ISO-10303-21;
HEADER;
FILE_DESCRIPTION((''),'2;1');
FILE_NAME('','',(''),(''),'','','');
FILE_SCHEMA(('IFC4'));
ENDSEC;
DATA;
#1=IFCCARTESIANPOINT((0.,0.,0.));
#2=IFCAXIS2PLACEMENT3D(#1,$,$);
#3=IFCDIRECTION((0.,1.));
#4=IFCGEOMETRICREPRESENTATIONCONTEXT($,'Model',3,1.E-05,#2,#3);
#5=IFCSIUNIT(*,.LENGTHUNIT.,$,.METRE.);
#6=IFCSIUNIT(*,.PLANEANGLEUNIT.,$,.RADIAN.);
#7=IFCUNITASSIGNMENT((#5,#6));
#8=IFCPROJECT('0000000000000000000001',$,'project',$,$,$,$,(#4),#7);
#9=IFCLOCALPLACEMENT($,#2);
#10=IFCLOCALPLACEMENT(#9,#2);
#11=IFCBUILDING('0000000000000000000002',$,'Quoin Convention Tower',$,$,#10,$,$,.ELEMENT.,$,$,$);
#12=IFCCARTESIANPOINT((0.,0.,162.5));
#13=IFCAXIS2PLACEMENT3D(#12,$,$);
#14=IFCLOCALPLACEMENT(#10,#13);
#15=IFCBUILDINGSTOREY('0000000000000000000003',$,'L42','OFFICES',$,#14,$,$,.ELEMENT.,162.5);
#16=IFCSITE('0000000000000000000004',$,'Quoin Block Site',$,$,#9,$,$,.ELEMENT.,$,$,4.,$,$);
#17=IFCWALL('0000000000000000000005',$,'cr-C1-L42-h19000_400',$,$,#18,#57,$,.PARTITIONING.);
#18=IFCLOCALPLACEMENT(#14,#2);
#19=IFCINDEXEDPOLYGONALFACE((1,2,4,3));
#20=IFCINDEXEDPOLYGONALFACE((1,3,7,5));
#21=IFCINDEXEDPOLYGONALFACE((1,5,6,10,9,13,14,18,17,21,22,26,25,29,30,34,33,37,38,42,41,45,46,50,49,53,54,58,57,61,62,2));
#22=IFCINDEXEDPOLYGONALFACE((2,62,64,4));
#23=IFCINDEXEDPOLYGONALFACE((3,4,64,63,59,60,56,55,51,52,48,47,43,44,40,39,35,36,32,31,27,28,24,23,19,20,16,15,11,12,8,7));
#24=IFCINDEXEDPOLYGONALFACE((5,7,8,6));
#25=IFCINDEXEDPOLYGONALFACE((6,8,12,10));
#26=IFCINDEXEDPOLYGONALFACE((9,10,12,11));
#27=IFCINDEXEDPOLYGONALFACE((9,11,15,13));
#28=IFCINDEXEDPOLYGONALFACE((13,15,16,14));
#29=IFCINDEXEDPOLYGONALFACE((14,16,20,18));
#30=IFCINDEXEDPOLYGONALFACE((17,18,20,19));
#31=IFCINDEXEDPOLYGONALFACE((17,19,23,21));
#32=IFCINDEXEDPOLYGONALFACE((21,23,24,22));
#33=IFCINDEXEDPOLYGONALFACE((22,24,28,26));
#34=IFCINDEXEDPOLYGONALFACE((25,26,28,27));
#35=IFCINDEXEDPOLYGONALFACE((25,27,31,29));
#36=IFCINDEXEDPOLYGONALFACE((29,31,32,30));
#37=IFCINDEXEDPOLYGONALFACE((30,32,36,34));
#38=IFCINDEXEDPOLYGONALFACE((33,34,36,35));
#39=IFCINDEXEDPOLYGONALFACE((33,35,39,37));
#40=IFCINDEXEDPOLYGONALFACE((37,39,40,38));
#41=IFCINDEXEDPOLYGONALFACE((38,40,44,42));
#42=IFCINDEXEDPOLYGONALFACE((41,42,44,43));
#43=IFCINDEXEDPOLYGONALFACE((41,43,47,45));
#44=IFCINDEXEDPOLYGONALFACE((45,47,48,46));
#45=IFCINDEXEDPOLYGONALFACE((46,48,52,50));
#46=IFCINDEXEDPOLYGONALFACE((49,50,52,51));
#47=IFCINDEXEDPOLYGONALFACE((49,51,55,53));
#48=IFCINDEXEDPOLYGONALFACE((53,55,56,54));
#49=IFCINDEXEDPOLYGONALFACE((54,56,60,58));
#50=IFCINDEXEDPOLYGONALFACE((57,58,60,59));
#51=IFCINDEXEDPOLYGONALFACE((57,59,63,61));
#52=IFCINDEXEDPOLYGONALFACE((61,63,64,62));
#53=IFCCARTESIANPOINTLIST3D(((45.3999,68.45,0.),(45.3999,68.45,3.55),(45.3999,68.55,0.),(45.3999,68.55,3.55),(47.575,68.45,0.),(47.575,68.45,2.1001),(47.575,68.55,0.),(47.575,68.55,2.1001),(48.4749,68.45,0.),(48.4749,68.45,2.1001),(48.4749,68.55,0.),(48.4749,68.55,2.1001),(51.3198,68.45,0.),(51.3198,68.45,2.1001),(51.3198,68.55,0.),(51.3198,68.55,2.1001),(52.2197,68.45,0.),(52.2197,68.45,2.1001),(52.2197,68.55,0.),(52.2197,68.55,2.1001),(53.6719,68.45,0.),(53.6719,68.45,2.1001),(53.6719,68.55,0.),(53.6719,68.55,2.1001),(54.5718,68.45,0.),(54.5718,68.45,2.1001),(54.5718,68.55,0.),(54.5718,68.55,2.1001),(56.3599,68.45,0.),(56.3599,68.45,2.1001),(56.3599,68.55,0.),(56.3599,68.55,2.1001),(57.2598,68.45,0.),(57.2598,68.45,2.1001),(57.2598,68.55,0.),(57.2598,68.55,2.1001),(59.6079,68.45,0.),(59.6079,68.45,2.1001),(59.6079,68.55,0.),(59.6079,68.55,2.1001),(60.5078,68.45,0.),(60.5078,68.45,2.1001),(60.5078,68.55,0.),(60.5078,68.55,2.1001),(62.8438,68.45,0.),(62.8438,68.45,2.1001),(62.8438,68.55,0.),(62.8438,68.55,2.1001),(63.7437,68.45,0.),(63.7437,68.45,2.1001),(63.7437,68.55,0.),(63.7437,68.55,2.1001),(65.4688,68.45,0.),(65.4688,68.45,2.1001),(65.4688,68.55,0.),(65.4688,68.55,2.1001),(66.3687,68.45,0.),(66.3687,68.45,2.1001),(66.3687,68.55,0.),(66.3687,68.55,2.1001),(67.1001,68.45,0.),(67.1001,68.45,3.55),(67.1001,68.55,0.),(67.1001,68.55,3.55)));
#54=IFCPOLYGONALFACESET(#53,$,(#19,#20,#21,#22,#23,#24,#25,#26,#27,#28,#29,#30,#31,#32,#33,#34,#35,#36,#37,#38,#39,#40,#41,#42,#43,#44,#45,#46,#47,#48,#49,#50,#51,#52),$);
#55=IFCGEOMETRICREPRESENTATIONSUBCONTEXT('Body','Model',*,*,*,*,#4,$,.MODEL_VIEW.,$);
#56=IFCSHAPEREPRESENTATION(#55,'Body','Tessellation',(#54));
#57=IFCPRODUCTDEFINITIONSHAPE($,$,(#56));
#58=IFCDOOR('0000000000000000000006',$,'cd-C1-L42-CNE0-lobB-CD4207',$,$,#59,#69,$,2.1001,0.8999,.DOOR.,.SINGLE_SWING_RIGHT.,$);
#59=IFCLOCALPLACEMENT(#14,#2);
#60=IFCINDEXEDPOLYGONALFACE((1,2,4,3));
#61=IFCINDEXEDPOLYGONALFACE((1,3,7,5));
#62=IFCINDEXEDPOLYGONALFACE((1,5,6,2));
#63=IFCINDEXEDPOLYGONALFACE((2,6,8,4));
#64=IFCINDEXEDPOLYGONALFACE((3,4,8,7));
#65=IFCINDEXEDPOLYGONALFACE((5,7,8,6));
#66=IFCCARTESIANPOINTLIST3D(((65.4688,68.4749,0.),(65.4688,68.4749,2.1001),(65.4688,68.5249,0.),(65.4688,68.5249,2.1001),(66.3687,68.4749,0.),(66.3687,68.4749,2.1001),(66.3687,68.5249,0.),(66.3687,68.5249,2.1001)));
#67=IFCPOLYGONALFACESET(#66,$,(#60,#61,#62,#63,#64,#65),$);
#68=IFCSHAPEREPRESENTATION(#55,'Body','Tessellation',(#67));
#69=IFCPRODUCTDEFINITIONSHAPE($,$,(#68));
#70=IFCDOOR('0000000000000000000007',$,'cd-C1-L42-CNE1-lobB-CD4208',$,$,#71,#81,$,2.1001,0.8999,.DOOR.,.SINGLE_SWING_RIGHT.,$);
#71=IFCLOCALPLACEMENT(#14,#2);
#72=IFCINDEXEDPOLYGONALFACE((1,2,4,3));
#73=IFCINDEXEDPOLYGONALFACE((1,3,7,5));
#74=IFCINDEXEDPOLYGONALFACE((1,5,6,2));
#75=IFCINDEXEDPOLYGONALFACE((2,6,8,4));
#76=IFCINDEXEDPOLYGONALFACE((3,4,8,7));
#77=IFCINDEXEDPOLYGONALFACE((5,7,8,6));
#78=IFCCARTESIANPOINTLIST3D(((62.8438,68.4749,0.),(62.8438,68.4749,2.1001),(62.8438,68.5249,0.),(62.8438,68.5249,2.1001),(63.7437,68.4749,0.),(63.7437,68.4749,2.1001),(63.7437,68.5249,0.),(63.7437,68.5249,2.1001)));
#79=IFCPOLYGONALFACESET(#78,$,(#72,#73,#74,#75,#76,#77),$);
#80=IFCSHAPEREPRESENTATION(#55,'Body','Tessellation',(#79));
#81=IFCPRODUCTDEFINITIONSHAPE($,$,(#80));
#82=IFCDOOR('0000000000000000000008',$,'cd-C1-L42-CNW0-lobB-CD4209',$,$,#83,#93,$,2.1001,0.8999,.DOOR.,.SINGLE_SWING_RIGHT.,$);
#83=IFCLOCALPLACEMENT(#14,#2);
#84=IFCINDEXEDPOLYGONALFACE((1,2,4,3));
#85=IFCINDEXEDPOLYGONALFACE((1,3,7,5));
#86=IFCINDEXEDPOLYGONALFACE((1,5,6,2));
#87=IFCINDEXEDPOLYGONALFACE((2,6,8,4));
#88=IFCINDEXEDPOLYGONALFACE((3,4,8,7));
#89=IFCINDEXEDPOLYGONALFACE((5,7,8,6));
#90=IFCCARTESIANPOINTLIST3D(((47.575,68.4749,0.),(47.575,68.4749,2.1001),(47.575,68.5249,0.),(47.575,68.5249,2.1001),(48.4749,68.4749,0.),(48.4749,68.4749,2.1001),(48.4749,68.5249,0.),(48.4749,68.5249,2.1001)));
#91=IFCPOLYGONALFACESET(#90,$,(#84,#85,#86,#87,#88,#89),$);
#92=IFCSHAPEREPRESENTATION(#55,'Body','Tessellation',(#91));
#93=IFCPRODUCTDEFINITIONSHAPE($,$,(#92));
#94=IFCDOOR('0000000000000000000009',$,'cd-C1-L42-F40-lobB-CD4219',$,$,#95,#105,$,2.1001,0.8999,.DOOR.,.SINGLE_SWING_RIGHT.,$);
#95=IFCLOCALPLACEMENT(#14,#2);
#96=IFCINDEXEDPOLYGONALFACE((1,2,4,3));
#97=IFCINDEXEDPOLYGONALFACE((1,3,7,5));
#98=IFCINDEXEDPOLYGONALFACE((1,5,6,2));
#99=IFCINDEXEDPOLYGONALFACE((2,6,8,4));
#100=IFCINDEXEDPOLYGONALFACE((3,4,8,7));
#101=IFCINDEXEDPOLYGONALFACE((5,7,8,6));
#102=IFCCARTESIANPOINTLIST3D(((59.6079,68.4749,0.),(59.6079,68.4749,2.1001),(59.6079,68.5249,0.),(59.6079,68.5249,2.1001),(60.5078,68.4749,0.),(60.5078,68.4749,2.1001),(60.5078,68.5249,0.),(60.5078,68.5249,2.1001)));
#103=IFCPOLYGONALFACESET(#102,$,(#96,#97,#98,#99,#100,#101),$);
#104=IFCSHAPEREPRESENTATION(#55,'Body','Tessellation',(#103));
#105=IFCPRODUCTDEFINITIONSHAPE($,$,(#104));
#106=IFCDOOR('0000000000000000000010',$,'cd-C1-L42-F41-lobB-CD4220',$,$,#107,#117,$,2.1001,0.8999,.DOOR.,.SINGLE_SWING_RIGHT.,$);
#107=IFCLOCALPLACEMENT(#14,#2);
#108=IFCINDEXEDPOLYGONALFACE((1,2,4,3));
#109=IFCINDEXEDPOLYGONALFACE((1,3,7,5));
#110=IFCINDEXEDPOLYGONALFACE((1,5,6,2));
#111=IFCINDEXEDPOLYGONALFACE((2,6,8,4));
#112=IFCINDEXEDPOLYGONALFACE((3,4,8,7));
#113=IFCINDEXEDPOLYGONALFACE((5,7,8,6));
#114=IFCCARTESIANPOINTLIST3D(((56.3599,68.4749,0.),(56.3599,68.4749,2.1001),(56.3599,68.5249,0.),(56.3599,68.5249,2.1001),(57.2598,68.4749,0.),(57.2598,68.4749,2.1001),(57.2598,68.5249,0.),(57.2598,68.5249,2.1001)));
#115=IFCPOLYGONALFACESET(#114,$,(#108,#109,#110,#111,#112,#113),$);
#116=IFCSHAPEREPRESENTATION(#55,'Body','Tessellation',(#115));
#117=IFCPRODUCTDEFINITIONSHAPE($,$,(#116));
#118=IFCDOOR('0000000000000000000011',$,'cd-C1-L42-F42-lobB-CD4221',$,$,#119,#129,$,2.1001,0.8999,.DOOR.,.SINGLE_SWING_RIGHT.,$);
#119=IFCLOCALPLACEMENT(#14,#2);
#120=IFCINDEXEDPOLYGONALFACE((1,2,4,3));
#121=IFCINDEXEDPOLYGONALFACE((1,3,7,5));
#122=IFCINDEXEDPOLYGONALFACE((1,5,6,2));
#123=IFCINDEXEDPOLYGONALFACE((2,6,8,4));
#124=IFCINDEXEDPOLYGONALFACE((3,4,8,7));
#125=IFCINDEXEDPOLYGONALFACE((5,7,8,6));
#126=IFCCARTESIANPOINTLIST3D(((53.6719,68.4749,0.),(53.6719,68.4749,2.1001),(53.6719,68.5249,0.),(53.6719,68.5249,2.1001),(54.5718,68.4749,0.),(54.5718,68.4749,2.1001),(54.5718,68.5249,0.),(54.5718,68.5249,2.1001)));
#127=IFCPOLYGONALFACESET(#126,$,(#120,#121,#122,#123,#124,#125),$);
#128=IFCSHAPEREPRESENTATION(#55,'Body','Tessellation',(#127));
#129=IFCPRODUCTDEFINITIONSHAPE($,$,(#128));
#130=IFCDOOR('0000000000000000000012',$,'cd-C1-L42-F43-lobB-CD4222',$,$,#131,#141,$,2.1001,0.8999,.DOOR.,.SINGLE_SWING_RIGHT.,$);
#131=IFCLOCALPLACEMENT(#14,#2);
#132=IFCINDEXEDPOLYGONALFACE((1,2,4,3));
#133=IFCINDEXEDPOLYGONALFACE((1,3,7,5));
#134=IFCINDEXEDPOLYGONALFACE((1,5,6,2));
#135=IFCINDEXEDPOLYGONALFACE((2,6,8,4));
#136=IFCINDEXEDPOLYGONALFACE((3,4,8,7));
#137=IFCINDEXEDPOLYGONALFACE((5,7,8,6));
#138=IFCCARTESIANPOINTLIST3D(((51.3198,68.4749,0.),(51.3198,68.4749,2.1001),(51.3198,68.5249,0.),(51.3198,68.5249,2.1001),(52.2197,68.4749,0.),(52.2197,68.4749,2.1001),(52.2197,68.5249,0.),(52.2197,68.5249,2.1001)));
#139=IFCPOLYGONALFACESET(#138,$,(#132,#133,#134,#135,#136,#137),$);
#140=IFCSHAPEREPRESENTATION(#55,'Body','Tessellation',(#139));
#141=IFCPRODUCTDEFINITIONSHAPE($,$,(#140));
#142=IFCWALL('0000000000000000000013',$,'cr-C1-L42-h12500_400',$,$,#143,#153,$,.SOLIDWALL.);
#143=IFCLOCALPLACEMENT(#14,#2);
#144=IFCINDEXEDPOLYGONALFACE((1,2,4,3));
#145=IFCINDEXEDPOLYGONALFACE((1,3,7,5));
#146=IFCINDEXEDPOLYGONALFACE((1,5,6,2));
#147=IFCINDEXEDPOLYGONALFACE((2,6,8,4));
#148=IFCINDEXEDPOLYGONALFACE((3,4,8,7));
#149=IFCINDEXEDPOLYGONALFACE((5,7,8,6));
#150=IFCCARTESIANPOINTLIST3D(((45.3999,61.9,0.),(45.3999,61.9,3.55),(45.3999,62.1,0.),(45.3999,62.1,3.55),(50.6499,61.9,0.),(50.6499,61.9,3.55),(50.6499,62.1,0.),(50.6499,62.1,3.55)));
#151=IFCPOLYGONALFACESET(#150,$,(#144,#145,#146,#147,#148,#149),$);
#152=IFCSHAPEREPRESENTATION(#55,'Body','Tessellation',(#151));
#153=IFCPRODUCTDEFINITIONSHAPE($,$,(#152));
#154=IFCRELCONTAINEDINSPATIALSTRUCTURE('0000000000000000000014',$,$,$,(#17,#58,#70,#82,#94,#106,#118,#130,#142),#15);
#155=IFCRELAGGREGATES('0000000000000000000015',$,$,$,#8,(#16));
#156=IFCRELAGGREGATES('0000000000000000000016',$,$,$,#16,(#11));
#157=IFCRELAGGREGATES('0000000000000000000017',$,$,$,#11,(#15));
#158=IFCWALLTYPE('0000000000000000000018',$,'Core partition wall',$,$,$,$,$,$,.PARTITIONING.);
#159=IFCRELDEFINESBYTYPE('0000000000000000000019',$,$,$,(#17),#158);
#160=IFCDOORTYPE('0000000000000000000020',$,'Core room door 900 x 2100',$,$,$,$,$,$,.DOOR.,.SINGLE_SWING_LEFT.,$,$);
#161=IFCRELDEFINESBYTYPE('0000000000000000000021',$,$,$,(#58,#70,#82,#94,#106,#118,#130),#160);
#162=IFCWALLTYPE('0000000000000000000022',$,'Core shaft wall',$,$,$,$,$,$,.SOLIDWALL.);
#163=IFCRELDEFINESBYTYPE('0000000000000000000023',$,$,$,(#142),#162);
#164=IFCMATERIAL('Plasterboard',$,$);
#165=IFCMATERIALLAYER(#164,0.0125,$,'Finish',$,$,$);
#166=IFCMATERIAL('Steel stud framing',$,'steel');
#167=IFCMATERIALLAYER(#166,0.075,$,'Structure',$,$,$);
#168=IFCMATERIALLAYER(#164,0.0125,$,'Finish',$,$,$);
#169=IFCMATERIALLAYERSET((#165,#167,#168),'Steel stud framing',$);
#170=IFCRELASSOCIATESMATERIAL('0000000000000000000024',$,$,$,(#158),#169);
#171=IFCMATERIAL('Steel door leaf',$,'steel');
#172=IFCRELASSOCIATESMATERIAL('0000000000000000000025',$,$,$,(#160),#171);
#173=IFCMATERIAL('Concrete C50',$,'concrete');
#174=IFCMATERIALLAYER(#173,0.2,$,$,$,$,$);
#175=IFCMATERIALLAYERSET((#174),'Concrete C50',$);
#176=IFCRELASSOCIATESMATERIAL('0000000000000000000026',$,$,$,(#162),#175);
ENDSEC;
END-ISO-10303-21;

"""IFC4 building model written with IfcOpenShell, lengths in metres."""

from ifc_helpers import new_model, si_unit, direction, frame, frame_2d, origin, place, context, subcontext, project, spatial, rectangle, extrude, material, layer, layer_set, type_object, element, fill, save


model = new_model("IFC4")

# Units and contexts
model_context = context("Model", 3, precision=1e-05, world=origin(), true_north=direction((0.0, 1.0)))
body_context = subcontext(model_context, "Body", "Model", "MODEL_VIEW")
ifc_project = project(units=[si_unit("LENGTHUNIT", "METRE"), si_unit("PLANEANGLEUNIT", "RADIAN")], contexts=[model_context])

# Site, building, storey
site_placement = place(None, origin())
site = spatial("IfcSite", under=ifc_project, at=site_placement, Name="Quoin Block Site", CompositionType="ELEMENT", RefElevation=4.0)
building_placement = place(site_placement, origin())
building = spatial("IfcBuilding", under=site, at=building_placement, Name="Quoin Convention Tower", CompositionType="ELEMENT")
storey_placement = place(building_placement, frame((0.0, 0.0, 162.5)))
storey = spatial("IfcBuildingStorey", under=building, at=storey_placement, Name="L42", Description="OFFICES", CompositionType="ELEMENT", Elevation=162.5)

# Wall, openings, doors
ifc_material_1 = material(Name="Plasterboard")
ifc_layer_1 = layer(ifc_material_1, 0.0125, Name="Finish")
ifc_material_2 = material(Name="Steel stud framing", Category="steel")
ifc_layer_2 = layer(ifc_material_2, 0.075, Name="Structure")
ifc_layer_3 = layer(ifc_material_1, 0.0125, Name="Finish")
ifc_layer_set_1 = layer_set([ifc_layer_1, ifc_layer_2, ifc_layer_3], Name="Steel stud framing")
wall_type_1 = type_object("IfcWallType", Name="Core partition wall", PredefinedType="PARTITIONING", material=ifc_layer_set_1)
wall_1_placement = place(storey_placement, frame((45.3999, 68.5, 0.0), z_axis=(0.0, 0.0, 1.0), x_axis=(1.0, 0.0, 0.0)))
wall_1 = element("IfcWall", 1, at=wall_1_placement, inside=storey, type_object=wall_type_1, Name="cr-C1-L42-h19000_400", PredefinedType="PARTITIONING", context=body_context, shape_type="SweptSolid", body=[
    extrude(rectangle(XDim=21.7002, YDim=0.1001, at=frame_2d((10.8501, 0.0))), origin(), (0.0, 0.0, 1.0), 3.55),
])
opening_1_placement = place(wall_1_placement, frame((20.0688, 0.0, 0.0)))
opening_1 = element("IfcOpeningElement", 2, at=opening_1_placement, cuts=wall_1, PredefinedType="OPENING", context=body_context, shape_type="SweptSolid", body=[
    extrude(rectangle(XDim=0.8999, YDim=2.1001, at=frame_2d((0.45, 1.05))), frame((0.0, 0.0601, 0.0), z_axis=(0.0, -1.0, 0.0), x_axis=(1.0, 0.0, 0.0)), (0.0, 0.0, 1.0), 0.1201),
])
opening_2_placement = place(wall_1_placement, frame((17.4438, 0.0, 0.0)))
opening_2 = element("IfcOpeningElement", 3, at=opening_2_placement, cuts=wall_1, PredefinedType="OPENING", context=body_context, shape_type="SweptSolid", body=[
    extrude(rectangle(XDim=0.8999, YDim=2.1001, at=frame_2d((0.45, 1.05))), frame((0.0, 0.0601, 0.0), z_axis=(0.0, -1.0, 0.0), x_axis=(1.0, 0.0, 0.0)), (0.0, 0.0, 1.0), 0.1201),
])
opening_3_placement = place(wall_1_placement, frame((2.175, 0.0, 0.0)))
opening_3 = element("IfcOpeningElement", 4, at=opening_3_placement, cuts=wall_1, PredefinedType="OPENING", context=body_context, shape_type="SweptSolid", body=[
    extrude(rectangle(XDim=0.8999, YDim=2.1001, at=frame_2d((0.45, 1.05))), frame((0.0, 0.0601, 0.0), z_axis=(0.0, -1.0, 0.0), x_axis=(1.0, 0.0, 0.0)), (0.0, 0.0, 1.0), 0.1201),
])
opening_4_placement = place(wall_1_placement, frame((14.208, 0.0, 0.0)))
opening_4 = element("IfcOpeningElement", 5, at=opening_4_placement, cuts=wall_1, PredefinedType="OPENING", context=body_context, shape_type="SweptSolid", body=[
    extrude(rectangle(XDim=0.8999, YDim=2.1001, at=frame_2d((0.45, 1.05))), frame((0.0, 0.0601, 0.0), z_axis=(0.0, -1.0, 0.0), x_axis=(1.0, 0.0, 0.0)), (0.0, 0.0, 1.0), 0.1201),
])
opening_5_placement = place(wall_1_placement, frame((10.96, 0.0, 0.0)))
opening_5 = element("IfcOpeningElement", 6, at=opening_5_placement, cuts=wall_1, PredefinedType="OPENING", context=body_context, shape_type="SweptSolid", body=[
    extrude(rectangle(XDim=0.8999, YDim=2.1001, at=frame_2d((0.45, 1.05))), frame((0.0, 0.0601, 0.0), z_axis=(0.0, -1.0, 0.0), x_axis=(1.0, 0.0, 0.0)), (0.0, 0.0, 1.0), 0.1201),
])
opening_6_placement = place(wall_1_placement, frame((8.272, 0.0, 0.0)))
opening_6 = element("IfcOpeningElement", 7, at=opening_6_placement, cuts=wall_1, PredefinedType="OPENING", context=body_context, shape_type="SweptSolid", body=[
    extrude(rectangle(XDim=0.8999, YDim=2.1001, at=frame_2d((0.45, 1.05))), frame((0.0, 0.0601, 0.0), z_axis=(0.0, -1.0, 0.0), x_axis=(1.0, 0.0, 0.0)), (0.0, 0.0, 1.0), 0.1201),
])
opening_7_placement = place(wall_1_placement, frame((5.9199, 0.0, 0.0)))
opening_7 = element("IfcOpeningElement", 8, at=opening_7_placement, cuts=wall_1, PredefinedType="OPENING", context=body_context, shape_type="SweptSolid", body=[
    extrude(rectangle(XDim=0.8999, YDim=2.1001, at=frame_2d((0.45, 1.05))), frame((0.0, 0.0601, 0.0), z_axis=(0.0, -1.0, 0.0), x_axis=(1.0, 0.0, 0.0)), (0.0, 0.0, 1.0), 0.1201),
])
ifc_material_3 = material(Name="Steel door leaf", Category="steel")
door_type_1 = type_object("IfcDoorType", Name="Core room door 900 x 2100", OperationType="SINGLE_SWING_LEFT", PredefinedType="DOOR", material=ifc_material_3)
door_1_placement = place(opening_1_placement, origin())
door_1 = element("IfcDoor", 9, at=door_1_placement, inside=storey, type_object=door_type_1, Name="cd-C1-L42-CNE0-lobB-CD4207", OperationType="SINGLE_SWING_RIGHT", OverallHeight=2.1001, OverallWidth=0.8999, PredefinedType="DOOR", context=body_context, shape_type="SweptSolid", body=[
    extrude(rectangle(XDim=0.8999, YDim=2.1001, at=frame_2d((0.45, 1.05))), frame((0.0, 0.0249, 0.0), z_axis=(0.0, -1.0, 0.0), x_axis=(1.0, 0.0, 0.0)), (0.0, 0.0, 1.0), 0.05),
])
fill(opening_1, door_1)
door_2_placement = place(opening_2_placement, origin())
door_2 = element("IfcDoor", 10, at=door_2_placement, inside=storey, type_object=door_type_1, Name="cd-C1-L42-CNE1-lobB-CD4208", OperationType="SINGLE_SWING_RIGHT", OverallHeight=2.1001, OverallWidth=0.8999, PredefinedType="DOOR", context=body_context, shape_type="SweptSolid", body=[
    extrude(rectangle(XDim=0.8999, YDim=2.1001, at=frame_2d((0.45, 1.05))), frame((0.0, 0.0249, 0.0), z_axis=(0.0, -1.0, 0.0), x_axis=(1.0, 0.0, 0.0)), (0.0, 0.0, 1.0), 0.05),
])
fill(opening_2, door_2)
door_3_placement = place(opening_3_placement, origin())
door_3 = element("IfcDoor", 11, at=door_3_placement, inside=storey, type_object=door_type_1, Name="cd-C1-L42-CNW0-lobB-CD4209", OperationType="SINGLE_SWING_RIGHT", OverallHeight=2.1001, OverallWidth=0.8999, PredefinedType="DOOR", context=body_context, shape_type="SweptSolid", body=[
    extrude(rectangle(XDim=0.8999, YDim=2.1001, at=frame_2d((0.45, 1.05))), frame((0.0, 0.0249, 0.0), z_axis=(0.0, -1.0, 0.0), x_axis=(1.0, 0.0, 0.0)), (0.0, 0.0, 1.0), 0.05),
])
fill(opening_3, door_3)
door_4_placement = place(opening_4_placement, origin())
door_4 = element("IfcDoor", 12, at=door_4_placement, inside=storey, type_object=door_type_1, Name="cd-C1-L42-F40-lobB-CD4219", OperationType="SINGLE_SWING_RIGHT", OverallHeight=2.1001, OverallWidth=0.8999, PredefinedType="DOOR", context=body_context, shape_type="SweptSolid", body=[
    extrude(rectangle(XDim=0.8999, YDim=2.1001, at=frame_2d((0.45, 1.05))), frame((0.0, 0.0249, 0.0), z_axis=(0.0, -1.0, 0.0), x_axis=(1.0, 0.0, 0.0)), (0.0, 0.0, 1.0), 0.05),
])
fill(opening_4, door_4)
door_5_placement = place(opening_5_placement, origin())
door_5 = element("IfcDoor", 13, at=door_5_placement, inside=storey, type_object=door_type_1, Name="cd-C1-L42-F41-lobB-CD4220", OperationType="SINGLE_SWING_RIGHT", OverallHeight=2.1001, OverallWidth=0.8999, PredefinedType="DOOR", context=body_context, shape_type="SweptSolid", body=[
    extrude(rectangle(XDim=0.8999, YDim=2.1001, at=frame_2d((0.45, 1.05))), frame((0.0, 0.0249, 0.0), z_axis=(0.0, -1.0, 0.0), x_axis=(1.0, 0.0, 0.0)), (0.0, 0.0, 1.0), 0.05),
])
fill(opening_5, door_5)
door_6_placement = place(opening_6_placement, origin())
door_6 = element("IfcDoor", 14, at=door_6_placement, inside=storey, type_object=door_type_1, Name="cd-C1-L42-F42-lobB-CD4221", OperationType="SINGLE_SWING_RIGHT", OverallHeight=2.1001, OverallWidth=0.8999, PredefinedType="DOOR", context=body_context, shape_type="SweptSolid", body=[
    extrude(rectangle(XDim=0.8999, YDim=2.1001, at=frame_2d((0.45, 1.05))), frame((0.0, 0.0249, 0.0), z_axis=(0.0, -1.0, 0.0), x_axis=(1.0, 0.0, 0.0)), (0.0, 0.0, 1.0), 0.05),
])
fill(opening_6, door_6)
door_7_placement = place(opening_7_placement, origin())
door_7 = element("IfcDoor", 15, at=door_7_placement, inside=storey, type_object=door_type_1, Name="cd-C1-L42-F43-lobB-CD4222", OperationType="SINGLE_SWING_RIGHT", OverallHeight=2.1001, OverallWidth=0.8999, PredefinedType="DOOR", context=body_context, shape_type="SweptSolid", body=[
    extrude(rectangle(XDim=0.8999, YDim=2.1001, at=frame_2d((0.45, 1.05))), frame((0.0, 0.0249, 0.0), z_axis=(0.0, -1.0, 0.0), x_axis=(1.0, 0.0, 0.0)), (0.0, 0.0, 1.0), 0.05),
])
fill(opening_7, door_7)

# Wall
ifc_material_4 = material(Name="Concrete C50", Category="concrete")
ifc_layer_4 = layer(ifc_material_4, 0.2)
ifc_layer_set_2 = layer_set([ifc_layer_4], Name="Concrete C50")
wall_type_2 = type_object("IfcWallType", Name="Core shaft wall", PredefinedType="SOLIDWALL", material=ifc_layer_set_2)
wall_2_placement = place(storey_placement, frame((45.3999, 62.0, 0.0), z_axis=(0.0, 0.0, 1.0), x_axis=(1.0, 0.0, 0.0)))
element("IfcWall", 16, at=wall_2_placement, inside=storey, type_object=wall_type_2, Name="cr-C1-L42-h12500_400", PredefinedType="SOLIDWALL", context=body_context, shape_type="SweptSolid", body=[
    extrude(rectangle(XDim=5.25, YDim=0.2, at=frame_2d((2.625, 0.0))), origin(), (0.0, 0.0, 1.0), 3.55),
])

save(model, "model.ifc")
